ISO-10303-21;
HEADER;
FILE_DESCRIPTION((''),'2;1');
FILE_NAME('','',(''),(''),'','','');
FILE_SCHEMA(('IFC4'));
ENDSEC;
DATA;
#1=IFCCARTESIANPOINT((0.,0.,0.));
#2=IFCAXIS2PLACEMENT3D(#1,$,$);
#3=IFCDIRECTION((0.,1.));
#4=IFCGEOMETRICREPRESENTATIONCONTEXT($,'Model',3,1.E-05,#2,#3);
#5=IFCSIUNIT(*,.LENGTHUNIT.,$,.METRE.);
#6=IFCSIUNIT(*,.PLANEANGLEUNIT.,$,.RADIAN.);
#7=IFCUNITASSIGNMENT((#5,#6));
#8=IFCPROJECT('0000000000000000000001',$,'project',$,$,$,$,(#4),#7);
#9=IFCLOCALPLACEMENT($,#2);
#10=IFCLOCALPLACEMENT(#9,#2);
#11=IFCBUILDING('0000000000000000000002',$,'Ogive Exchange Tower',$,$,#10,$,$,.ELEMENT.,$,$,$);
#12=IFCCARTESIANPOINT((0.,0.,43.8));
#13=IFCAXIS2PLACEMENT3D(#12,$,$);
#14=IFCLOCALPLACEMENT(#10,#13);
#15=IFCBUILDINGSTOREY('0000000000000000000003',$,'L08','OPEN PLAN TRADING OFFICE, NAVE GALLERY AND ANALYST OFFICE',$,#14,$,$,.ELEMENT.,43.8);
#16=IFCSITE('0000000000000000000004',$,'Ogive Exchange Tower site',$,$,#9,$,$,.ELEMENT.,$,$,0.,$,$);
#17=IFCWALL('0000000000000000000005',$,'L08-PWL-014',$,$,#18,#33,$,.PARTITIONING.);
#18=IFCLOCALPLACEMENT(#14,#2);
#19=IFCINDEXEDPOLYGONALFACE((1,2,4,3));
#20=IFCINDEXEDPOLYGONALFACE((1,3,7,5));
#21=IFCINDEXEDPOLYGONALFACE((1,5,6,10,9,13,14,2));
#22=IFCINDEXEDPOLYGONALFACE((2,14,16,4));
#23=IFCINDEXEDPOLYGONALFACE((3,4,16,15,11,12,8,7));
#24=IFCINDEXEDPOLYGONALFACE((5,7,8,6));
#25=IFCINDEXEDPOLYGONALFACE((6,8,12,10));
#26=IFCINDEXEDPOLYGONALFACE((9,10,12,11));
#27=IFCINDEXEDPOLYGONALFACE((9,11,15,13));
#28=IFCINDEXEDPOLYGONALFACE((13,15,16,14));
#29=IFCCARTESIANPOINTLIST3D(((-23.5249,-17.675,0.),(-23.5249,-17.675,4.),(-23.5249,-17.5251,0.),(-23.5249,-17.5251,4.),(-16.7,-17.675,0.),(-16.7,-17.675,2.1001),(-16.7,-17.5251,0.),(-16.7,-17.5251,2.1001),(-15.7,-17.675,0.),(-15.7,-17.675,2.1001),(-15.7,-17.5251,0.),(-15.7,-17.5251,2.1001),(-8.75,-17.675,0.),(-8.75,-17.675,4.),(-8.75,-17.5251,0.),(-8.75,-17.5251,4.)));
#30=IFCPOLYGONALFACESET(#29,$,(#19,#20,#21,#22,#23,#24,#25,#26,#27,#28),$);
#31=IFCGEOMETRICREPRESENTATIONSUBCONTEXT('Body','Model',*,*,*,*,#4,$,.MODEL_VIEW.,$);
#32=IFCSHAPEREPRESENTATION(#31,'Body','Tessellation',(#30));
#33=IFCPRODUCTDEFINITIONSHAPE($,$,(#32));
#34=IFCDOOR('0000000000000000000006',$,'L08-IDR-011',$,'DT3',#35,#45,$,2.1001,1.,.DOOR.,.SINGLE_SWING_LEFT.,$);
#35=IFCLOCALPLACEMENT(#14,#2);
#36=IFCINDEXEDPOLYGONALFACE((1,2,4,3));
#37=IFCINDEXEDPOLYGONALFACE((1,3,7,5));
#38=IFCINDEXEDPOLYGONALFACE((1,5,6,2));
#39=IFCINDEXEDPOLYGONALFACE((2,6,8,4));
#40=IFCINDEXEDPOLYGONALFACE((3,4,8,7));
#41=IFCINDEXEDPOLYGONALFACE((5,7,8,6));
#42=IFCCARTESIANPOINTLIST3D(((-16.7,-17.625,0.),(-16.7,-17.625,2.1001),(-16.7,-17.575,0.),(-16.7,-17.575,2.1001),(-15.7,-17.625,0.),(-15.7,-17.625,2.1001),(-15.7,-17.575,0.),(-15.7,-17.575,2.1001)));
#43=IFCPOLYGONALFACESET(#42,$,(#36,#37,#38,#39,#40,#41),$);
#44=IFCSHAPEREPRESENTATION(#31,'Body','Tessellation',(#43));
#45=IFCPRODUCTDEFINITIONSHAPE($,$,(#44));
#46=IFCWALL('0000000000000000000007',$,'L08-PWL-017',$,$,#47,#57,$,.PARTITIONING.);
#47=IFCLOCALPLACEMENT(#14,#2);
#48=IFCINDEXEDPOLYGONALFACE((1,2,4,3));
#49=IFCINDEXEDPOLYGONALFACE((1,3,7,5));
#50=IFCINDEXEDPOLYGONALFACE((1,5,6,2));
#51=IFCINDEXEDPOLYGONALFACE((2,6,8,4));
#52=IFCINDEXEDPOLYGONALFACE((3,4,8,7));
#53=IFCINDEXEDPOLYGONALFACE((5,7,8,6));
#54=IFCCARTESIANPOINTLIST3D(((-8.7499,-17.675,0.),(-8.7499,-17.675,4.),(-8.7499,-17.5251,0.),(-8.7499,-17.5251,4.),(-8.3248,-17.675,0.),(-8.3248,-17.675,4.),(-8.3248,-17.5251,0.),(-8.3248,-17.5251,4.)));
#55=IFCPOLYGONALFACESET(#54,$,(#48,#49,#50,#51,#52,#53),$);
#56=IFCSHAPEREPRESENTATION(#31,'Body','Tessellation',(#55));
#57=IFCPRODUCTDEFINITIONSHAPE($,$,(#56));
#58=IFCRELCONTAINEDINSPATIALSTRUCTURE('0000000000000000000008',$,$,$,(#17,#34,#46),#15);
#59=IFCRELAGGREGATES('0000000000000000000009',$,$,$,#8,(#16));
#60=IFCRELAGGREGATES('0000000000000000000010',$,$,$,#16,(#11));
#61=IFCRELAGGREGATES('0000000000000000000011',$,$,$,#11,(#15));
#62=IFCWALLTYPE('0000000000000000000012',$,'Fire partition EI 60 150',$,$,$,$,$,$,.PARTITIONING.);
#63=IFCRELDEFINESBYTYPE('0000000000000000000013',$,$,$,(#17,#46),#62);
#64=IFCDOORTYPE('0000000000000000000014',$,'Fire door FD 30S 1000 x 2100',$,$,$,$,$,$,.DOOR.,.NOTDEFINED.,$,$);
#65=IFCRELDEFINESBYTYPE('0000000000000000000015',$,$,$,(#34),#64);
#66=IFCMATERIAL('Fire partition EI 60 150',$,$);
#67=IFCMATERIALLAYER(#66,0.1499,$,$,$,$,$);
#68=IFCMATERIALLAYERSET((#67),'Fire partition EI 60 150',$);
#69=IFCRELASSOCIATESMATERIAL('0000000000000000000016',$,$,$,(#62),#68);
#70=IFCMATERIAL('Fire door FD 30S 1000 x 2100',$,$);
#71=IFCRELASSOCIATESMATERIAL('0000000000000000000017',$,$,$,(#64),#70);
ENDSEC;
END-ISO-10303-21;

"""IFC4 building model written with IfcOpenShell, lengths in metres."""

from ifc_helpers import new_model, si_unit, direction, frame, frame_2d, origin, place, context, subcontext, project, spatial, rectangle, extrude, material, layer, layer_set, type_object, element, fill, save


model = new_model("IFC4")

# Units and contexts
model_context = context("Model", 3, precision=1e-05, world=origin(), true_north=direction((0.0, 1.0)))
body_context = subcontext(model_context, "Body", "Model", "MODEL_VIEW")
ifc_project = project(units=[si_unit("LENGTHUNIT", "METRE"), si_unit("PLANEANGLEUNIT", "RADIAN")], contexts=[model_context])

# Site, building, storey
site_placement = place(None, origin())
site = spatial("IfcSite", under=ifc_project, at=site_placement, Name="Ogive Exchange Tower site", CompositionType="ELEMENT", RefElevation=0.0)
building_placement = place(site_placement, origin())
building = spatial("IfcBuilding", under=site, at=building_placement, Name="Ogive Exchange Tower", CompositionType="ELEMENT")
storey_placement = place(building_placement, frame((0.0, 0.0, 43.8)))
storey = spatial("IfcBuildingStorey", under=building, at=storey_placement, Name="L08", Description="OPEN PLAN TRADING OFFICE, NAVE GALLERY AND ANALYST OFFICE", CompositionType="ELEMENT", Elevation=43.8)

# Shared definitions
ifc_material_1 = material(Name="Fire partition EI 60 150")
ifc_layer_1 = layer(ifc_material_1, 0.1499)
ifc_layer_set_1 = layer_set([ifc_layer_1], Name="Fire partition EI 60 150")
wall_type_1 = type_object("IfcWallType", Name="Fire partition EI 60 150", PredefinedType="PARTITIONING", material=ifc_layer_set_1)

# Wall, opening, door
wall_1_placement = place(storey_placement, frame((-8.75, -17.6001, 0.0), z_axis=(0.0, 0.0, 1.0), x_axis=(-1.0, 0.0, 0.0)))
wall_1 = element("IfcWall", 1, at=wall_1_placement, inside=storey, type_object=wall_type_1, Name="L08-PWL-014", PredefinedType="PARTITIONING", context=body_context, shape_type="SweptSolid", body=[
    extrude(rectangle(XDim=14.7749, YDim=0.1499, at=frame_2d((7.3875, 0.0))), origin(), (0.0, 0.0, 1.0), 4.0),
])
opening_1_placement = place(wall_1_placement, frame((6.95, 0.0, 0.0)))
opening_1 = element("IfcOpeningElement", 2, at=opening_1_placement, cuts=wall_1, PredefinedType="OPENING", context=body_context, shape_type="SweptSolid", body=[
    extrude(rectangle(XDim=1.0, YDim=2.1001, at=frame_2d((0.5, 1.05))), frame((0.0, 0.085, 0.0), z_axis=(0.0, -1.0, 0.0), x_axis=(1.0, 0.0, 0.0)), (0.0, 0.0, 1.0), 0.1699),
])
ifc_material_2 = material(Name="Fire door FD 30S 1000 x 2100")
door_type_1 = type_object("IfcDoorType", Name="Fire door FD 30S 1000 x 2100", OperationType="NOTDEFINED", PredefinedType="DOOR", material=ifc_material_2)
door_1_placement = place(opening_1_placement, origin())
door_1 = element("IfcDoor", 3, at=door_1_placement, inside=storey, type_object=door_type_1, Name="L08-IDR-011", ObjectType="DT3", OperationType="SINGLE_SWING_LEFT", OverallHeight=2.1001, OverallWidth=1.0, PredefinedType="DOOR", context=body_context, shape_type="SweptSolid", body=[
    extrude(rectangle(XDim=1.0, YDim=2.1001, at=frame_2d((0.5, 1.05))), frame((0.0, 0.0249, 0.0), z_axis=(0.0, -1.0, 0.0), x_axis=(1.0, 0.0, 0.0)), (0.0, 0.0, 1.0), 0.05),
])
fill(opening_1, door_1)

# Wall
wall_2_placement = place(storey_placement, frame((-8.325, -17.6001, 0.0), z_axis=(0.0, 0.0, 1.0), x_axis=(-1.0, 0.0, 0.0)))
element("IfcWall", 4, at=wall_2_placement, inside=storey, type_object=wall_type_1, Name="L08-PWL-017", PredefinedType="PARTITIONING", context=body_context, shape_type="SweptSolid", body=[
    extrude(rectangle(XDim=0.425, YDim=0.1499, at=frame_2d((0.2124, 0.0))), origin(), (0.0, 0.0, 1.0), 4.0),
])

save(model, "model.ifc")
